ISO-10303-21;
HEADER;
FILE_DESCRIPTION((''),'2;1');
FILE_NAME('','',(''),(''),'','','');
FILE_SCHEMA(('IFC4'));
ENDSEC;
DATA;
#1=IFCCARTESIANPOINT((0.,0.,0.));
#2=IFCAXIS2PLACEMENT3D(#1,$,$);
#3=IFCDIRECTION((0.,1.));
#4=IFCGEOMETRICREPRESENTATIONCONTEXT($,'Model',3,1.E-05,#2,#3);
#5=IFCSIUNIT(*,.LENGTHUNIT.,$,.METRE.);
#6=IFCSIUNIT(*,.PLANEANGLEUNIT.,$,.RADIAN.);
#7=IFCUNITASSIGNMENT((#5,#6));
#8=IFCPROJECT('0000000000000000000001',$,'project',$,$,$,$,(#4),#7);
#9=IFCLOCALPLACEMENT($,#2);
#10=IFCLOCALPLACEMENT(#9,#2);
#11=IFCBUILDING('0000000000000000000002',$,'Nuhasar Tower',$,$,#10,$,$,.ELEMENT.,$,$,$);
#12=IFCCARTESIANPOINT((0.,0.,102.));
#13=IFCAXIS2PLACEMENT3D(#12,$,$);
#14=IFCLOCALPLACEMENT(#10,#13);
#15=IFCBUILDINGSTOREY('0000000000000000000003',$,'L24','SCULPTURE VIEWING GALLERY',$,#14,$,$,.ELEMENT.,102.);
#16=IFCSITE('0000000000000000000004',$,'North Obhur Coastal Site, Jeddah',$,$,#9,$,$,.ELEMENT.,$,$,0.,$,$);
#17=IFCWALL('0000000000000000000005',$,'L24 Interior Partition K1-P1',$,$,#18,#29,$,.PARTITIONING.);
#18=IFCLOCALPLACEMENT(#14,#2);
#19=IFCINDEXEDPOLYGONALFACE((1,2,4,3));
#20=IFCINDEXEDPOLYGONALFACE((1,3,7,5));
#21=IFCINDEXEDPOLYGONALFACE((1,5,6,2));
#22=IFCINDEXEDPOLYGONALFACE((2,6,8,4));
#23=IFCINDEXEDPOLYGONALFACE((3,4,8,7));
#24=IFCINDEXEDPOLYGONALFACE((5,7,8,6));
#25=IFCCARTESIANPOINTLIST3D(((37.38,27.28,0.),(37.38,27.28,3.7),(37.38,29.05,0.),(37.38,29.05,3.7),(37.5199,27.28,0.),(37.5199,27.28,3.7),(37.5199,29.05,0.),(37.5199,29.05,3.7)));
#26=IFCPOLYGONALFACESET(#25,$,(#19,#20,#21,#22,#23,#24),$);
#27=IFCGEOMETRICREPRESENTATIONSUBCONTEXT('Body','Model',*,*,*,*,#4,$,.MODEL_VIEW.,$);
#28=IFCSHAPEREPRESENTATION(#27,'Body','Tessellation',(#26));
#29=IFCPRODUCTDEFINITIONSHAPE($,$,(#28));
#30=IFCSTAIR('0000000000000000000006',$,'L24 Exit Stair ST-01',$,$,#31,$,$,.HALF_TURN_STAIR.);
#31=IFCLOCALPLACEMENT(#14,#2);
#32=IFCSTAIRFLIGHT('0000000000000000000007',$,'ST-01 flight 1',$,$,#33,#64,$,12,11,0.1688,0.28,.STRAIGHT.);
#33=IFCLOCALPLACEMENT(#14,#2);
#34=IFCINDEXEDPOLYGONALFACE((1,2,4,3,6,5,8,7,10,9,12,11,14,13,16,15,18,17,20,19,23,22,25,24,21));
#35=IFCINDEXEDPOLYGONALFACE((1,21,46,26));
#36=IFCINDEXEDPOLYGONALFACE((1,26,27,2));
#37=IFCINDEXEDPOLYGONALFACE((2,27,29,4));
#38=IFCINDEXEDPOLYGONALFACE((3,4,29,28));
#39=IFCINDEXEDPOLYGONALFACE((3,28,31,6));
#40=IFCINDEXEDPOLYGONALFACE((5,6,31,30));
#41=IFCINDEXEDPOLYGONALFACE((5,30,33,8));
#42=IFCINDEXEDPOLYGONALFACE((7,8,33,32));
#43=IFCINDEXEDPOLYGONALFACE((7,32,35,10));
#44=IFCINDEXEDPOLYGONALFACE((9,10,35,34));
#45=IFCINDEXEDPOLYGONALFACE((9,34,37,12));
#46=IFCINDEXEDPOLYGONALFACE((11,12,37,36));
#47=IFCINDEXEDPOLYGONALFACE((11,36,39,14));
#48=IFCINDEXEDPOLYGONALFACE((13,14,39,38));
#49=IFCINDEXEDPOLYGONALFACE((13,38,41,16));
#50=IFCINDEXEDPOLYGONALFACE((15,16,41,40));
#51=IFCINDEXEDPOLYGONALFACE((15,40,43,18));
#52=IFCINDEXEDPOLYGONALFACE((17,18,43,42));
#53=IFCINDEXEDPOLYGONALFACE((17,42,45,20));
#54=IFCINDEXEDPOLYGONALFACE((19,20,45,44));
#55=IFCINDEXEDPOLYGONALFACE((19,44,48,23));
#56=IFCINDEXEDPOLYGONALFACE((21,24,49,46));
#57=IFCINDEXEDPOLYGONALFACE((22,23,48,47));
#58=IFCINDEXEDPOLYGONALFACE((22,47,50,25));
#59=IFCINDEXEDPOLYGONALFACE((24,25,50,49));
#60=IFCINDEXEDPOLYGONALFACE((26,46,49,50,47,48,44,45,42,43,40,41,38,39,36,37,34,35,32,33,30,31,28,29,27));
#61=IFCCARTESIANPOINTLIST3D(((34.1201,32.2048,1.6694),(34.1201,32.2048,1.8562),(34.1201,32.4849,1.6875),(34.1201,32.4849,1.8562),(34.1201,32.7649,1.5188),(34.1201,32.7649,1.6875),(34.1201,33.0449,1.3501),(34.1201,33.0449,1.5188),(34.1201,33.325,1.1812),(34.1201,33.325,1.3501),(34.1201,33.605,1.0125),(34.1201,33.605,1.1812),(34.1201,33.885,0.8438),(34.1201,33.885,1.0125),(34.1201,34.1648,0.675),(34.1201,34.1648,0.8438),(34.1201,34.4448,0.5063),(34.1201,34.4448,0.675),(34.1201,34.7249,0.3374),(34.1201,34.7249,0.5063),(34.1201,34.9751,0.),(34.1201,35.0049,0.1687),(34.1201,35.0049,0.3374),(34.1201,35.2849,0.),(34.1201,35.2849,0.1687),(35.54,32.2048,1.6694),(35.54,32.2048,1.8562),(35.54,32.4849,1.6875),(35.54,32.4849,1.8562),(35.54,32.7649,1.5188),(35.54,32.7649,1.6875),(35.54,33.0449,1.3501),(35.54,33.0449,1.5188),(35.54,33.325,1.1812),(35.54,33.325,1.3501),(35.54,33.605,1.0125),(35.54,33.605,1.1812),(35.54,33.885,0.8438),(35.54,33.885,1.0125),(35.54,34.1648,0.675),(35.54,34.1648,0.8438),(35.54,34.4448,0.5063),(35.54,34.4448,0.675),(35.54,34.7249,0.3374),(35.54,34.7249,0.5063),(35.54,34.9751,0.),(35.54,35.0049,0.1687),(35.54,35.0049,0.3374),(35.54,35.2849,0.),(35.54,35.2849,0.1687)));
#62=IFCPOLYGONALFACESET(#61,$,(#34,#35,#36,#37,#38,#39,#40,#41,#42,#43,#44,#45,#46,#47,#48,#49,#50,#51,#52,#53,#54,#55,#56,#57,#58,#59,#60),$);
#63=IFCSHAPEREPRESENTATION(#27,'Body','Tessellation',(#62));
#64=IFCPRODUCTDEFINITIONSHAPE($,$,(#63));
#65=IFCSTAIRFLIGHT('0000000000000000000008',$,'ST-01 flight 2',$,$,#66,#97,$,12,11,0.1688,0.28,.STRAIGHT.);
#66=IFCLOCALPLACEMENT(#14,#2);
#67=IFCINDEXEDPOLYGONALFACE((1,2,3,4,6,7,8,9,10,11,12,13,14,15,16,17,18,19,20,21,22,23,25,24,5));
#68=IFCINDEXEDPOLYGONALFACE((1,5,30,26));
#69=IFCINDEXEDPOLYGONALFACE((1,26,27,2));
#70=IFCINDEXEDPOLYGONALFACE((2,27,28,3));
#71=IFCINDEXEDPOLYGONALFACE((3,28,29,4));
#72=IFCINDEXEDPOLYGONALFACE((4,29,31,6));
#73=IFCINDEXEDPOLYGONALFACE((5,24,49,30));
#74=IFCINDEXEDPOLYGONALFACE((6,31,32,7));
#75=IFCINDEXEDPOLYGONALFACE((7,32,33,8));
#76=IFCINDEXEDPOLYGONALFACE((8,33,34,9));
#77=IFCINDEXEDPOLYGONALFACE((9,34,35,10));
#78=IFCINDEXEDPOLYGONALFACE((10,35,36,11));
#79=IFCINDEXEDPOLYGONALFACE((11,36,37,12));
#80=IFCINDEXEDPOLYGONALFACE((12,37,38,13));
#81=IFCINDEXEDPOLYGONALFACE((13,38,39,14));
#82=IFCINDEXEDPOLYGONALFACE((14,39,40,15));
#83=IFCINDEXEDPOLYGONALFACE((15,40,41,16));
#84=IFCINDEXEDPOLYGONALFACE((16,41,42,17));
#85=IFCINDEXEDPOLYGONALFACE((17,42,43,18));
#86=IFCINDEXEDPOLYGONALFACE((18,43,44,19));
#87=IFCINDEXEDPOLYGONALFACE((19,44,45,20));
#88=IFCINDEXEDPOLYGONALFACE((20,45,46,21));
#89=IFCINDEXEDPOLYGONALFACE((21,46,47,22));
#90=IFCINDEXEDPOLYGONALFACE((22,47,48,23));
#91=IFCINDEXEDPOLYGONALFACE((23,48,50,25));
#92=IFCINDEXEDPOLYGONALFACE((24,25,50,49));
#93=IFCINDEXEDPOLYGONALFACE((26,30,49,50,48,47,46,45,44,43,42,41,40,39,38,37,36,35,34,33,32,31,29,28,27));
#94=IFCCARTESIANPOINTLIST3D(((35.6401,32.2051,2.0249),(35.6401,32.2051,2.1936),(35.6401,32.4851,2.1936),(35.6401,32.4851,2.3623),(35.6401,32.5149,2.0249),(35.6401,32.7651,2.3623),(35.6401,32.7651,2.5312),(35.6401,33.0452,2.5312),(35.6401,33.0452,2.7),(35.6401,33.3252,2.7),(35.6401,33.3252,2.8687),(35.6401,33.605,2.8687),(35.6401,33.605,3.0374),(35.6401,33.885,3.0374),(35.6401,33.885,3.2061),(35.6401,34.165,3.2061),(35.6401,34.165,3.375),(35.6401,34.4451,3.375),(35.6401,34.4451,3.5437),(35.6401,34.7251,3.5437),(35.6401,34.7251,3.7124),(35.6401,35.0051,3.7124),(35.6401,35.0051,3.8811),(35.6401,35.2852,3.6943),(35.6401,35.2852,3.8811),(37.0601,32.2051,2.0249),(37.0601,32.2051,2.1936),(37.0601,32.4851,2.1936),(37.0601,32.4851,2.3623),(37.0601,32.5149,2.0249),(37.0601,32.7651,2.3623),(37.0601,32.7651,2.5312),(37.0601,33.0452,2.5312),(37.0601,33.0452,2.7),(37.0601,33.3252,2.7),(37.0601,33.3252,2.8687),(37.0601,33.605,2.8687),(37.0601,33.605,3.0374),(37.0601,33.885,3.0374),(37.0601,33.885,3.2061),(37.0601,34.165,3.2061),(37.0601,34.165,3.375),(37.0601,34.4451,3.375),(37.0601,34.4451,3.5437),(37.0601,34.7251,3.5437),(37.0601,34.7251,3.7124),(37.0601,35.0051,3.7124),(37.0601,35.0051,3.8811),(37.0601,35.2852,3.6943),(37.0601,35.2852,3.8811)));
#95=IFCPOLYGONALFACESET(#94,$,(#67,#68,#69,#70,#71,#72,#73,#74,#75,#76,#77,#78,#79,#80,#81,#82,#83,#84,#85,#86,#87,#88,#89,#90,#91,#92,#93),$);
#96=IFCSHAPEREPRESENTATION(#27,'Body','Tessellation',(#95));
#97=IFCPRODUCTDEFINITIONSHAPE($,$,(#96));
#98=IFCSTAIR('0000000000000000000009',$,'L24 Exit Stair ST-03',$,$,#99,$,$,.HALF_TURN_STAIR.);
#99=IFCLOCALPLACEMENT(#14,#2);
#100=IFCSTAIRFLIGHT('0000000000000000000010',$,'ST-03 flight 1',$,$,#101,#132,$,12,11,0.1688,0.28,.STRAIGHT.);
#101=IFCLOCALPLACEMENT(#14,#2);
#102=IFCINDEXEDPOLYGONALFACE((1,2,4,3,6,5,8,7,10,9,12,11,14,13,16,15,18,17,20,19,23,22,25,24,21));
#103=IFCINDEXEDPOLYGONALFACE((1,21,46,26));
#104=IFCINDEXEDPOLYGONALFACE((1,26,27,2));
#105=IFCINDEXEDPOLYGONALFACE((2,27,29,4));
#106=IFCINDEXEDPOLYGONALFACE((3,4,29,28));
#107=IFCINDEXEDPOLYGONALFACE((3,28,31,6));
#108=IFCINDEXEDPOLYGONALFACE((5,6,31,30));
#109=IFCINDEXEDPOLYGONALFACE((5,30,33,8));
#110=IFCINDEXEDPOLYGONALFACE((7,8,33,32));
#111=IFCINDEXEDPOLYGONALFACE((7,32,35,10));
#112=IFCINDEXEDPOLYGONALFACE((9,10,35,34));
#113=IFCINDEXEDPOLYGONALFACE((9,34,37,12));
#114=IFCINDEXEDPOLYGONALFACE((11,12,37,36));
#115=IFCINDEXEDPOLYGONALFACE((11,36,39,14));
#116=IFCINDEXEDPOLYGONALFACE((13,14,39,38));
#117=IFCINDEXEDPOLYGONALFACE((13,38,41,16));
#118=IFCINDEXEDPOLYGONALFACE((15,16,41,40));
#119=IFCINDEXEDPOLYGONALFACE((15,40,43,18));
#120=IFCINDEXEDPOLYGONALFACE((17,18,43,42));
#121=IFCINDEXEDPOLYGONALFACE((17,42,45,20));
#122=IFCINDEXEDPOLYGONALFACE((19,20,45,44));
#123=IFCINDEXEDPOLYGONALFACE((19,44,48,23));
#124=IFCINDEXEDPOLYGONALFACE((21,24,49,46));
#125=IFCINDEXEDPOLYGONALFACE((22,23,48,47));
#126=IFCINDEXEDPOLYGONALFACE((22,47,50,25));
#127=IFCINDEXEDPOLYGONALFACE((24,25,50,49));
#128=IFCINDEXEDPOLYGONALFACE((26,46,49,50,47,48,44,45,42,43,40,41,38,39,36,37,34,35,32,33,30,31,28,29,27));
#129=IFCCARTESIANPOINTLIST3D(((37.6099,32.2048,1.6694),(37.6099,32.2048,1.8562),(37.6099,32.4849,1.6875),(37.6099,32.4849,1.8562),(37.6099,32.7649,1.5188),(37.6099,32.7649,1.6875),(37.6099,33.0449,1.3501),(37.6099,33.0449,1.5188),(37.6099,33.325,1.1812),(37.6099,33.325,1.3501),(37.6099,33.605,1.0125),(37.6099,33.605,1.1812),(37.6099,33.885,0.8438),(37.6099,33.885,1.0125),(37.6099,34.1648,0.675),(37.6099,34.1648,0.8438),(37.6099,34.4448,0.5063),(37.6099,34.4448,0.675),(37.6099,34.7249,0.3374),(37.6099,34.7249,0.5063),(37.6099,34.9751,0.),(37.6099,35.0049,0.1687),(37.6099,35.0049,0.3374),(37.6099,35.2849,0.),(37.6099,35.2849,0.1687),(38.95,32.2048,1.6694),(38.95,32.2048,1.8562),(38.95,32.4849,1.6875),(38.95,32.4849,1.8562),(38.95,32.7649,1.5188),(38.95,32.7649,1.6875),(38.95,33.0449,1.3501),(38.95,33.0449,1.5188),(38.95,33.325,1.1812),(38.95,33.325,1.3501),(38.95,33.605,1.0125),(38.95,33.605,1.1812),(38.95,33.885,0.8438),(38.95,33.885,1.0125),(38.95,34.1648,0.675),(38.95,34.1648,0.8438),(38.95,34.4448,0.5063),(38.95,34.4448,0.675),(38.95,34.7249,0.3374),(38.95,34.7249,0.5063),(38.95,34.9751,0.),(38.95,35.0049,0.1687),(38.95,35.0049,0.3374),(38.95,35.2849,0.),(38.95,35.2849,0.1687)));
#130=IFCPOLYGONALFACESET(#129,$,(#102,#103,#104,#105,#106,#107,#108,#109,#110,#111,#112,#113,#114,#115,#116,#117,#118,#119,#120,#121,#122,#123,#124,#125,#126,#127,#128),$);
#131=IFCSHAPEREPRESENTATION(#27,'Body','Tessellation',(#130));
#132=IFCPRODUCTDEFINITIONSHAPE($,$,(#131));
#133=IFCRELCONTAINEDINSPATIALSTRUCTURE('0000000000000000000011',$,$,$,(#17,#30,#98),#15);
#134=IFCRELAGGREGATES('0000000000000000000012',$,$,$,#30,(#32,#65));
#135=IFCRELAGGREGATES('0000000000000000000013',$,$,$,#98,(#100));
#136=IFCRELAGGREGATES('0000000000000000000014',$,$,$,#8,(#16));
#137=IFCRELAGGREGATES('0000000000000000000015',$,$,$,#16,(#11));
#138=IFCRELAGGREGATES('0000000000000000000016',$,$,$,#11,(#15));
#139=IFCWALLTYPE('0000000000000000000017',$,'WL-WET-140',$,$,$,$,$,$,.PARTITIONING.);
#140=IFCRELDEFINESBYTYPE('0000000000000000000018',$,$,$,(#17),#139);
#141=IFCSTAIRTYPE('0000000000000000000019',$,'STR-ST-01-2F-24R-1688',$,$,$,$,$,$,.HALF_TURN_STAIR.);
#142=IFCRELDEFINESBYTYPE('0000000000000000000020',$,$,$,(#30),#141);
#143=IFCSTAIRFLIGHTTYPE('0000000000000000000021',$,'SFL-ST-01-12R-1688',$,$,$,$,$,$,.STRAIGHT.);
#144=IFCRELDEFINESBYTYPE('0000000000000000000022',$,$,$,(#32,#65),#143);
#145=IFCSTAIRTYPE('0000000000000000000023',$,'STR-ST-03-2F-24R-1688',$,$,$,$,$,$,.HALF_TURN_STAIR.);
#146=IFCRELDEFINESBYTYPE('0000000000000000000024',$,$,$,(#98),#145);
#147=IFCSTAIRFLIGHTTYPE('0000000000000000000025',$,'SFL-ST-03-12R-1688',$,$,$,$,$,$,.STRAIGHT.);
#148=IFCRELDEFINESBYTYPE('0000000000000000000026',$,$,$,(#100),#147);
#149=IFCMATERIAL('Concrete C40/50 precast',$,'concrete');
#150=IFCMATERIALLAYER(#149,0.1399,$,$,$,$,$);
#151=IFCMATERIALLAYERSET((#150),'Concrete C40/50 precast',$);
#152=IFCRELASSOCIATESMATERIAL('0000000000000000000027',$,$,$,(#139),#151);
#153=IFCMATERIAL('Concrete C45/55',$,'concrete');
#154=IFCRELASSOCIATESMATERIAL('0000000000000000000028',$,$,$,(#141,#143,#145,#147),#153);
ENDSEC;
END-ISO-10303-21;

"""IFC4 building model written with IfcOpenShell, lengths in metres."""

from ifc_helpers import new_model, si_unit, direction, frame, frame_2d, origin, place, context, subcontext, project, spatial, polyline, rectangle, outline, extrude, material, layer, layer_set, type_object, element, aggregate, save


model = new_model("IFC4")

# Units and contexts
model_context = context("Model", 3, precision=1e-05, world=origin(), true_north=direction((0.0, 1.0)))
body_context = subcontext(model_context, "Body", "Model", "MODEL_VIEW")
ifc_project = project(units=[si_unit("LENGTHUNIT", "METRE"), si_unit("PLANEANGLEUNIT", "RADIAN")], contexts=[model_context])

# Site, building, storey
site_placement = place(None, origin())
site = spatial("IfcSite", under=ifc_project, at=site_placement, Name="North Obhur Coastal Site, Jeddah", CompositionType="ELEMENT", RefElevation=0.0)
building_placement = place(site_placement, origin())
building = spatial("IfcBuilding", under=site, at=building_placement, Name="Nuhasar Tower", CompositionType="ELEMENT")
storey_placement = place(building_placement, frame((0.0, 0.0, 102.0)))
storey = spatial("IfcBuildingStorey", under=building, at=storey_placement, Name="L24", Description="SCULPTURE VIEWING GALLERY", CompositionType="ELEMENT", Elevation=102.0)

# Shared definitions
ifc_material_1 = material(Name="Concrete C45/55", Category="concrete")

# Shared definitions
ifc_material_2 = material(Name="Concrete C40/50 precast", Category="concrete")
ifc_layer_1 = layer(ifc_material_2, 0.1399)
ifc_layer_set_1 = layer_set([ifc_layer_1], Name="Concrete C40/50 precast")
wall_type_1 = type_object("IfcWallType", Name="WL-WET-140", PredefinedType="PARTITIONING", material=ifc_layer_set_1)

# Wall
wall_1_placement = place(storey_placement, frame((37.45, 27.28, 0.0), z_axis=(0.0, 0.0, 1.0), x_axis=(0.0, 1.0, 0.0)))
element("IfcWall", 1, at=wall_1_placement, inside=storey, type_object=wall_type_1, Name="L24 Interior Partition K1-P1", PredefinedType="PARTITIONING", context=body_context, shape_type="SweptSolid", body=[
    extrude(rectangle(XDim=1.77, YDim=0.1399, at=frame_2d((0.885, 0.0))), origin(), (0.0, 0.0, 1.0), 3.7),
])

# Stair, stair flights
stair_type_1 = type_object("IfcStairType", Name="STR-ST-01-2F-24R-1688", PredefinedType="HALF_TURN_STAIR", material=ifc_material_1)
stair_1_placement = place(storey_placement, origin())
stair_1 = element("IfcStair", 2, at=stair_1_placement, inside=storey, type_object=stair_type_1, Name="L24 Exit Stair ST-01", PredefinedType="HALF_TURN_STAIR")
stair_flight_type_1 = type_object("IfcStairFlightType", Name="SFL-ST-01-12R-1688", PredefinedType="STRAIGHT", material=ifc_material_1)
stair_flight_1_placement = place(storey_placement, frame((34.8301, 35.2849, 0.0), z_axis=(0.0, 0.0, 1.0), x_axis=(0.0, -1.0, 0.0)))
stair_flight_1 = element("IfcStairFlight", 3, at=stair_flight_1_placement, type_object=stair_flight_type_1, Name="ST-01 flight 1", NumberOfRisers=12, NumberOfTreads=11, PredefinedType="STRAIGHT", RiserHeight=0.1688, TreadLength=0.28, context=body_context, shape_type="SweptSolid", body=[
    extrude(outline(polyline([(0.0, 0.0), (0.0, 0.1687), (0.28, 0.1687), (0.28, 0.3374), (0.5601, 0.3374), (0.5601, 0.5063), (0.8401, 0.5063), (0.8401, 0.675), (1.1201, 0.675), (1.1201, 0.8438), (1.3999, 0.8438), (1.3999, 1.0125), (1.6799, 1.0125), (1.6799, 1.1812), (1.96, 1.1812), (1.96, 1.3501), (2.24, 1.3501), (2.24, 1.5188), (2.52, 1.5188), (2.52, 1.6875), (2.8, 1.6875), (2.8, 1.8562), (3.0801, 1.8562), (3.0801, 2.0249), (3.0801, 1.6694), (0.3098, 0.0), (0.0, 0.0)])), frame((0.0, 0.71, 0.0), z_axis=(0.0, -1.0, 0.0), x_axis=(1.0, 0.0, 0.0)), (0.0, 0.0, 1.0), 1.4199),
])
stair_flight_2_placement = place(storey_placement, frame((36.3501, 32.2051, 2.0249), z_axis=(0.0, 0.0, 1.0), x_axis=(0.0, 1.0, 0.0)))
stair_flight_2 = element("IfcStairFlight", 4, at=stair_flight_2_placement, type_object=stair_flight_type_1, Name="ST-01 flight 2", NumberOfRisers=12, NumberOfTreads=11, PredefinedType="STRAIGHT", RiserHeight=0.1688, TreadLength=0.28, context=body_context, shape_type="SweptSolid", body=[
    extrude(outline(polyline([(0.0, 0.0), (0.0, 0.1687), (0.28, 0.1687), (0.28, 0.3374), (0.5601, 0.3374), (0.5601, 0.5063), (0.8401, 0.5063), (0.8401, 0.675), (1.1201, 0.675), (1.1201, 0.8438), (1.3999, 0.8438), (1.3999, 1.0125), (1.6799, 1.0125), (1.6799, 1.1812), (1.96, 1.1812), (1.96, 1.3501), (2.24, 1.3501), (2.24, 1.5188), (2.52, 1.5188), (2.52, 1.6875), (2.8, 1.6875), (2.8, 1.8562), (3.0801, 1.8562), (3.0801, 2.0249), (3.0801, 1.6694), (0.3098, 0.0), (0.0, 0.0)])), frame((0.0, 0.71, 0.0), z_axis=(0.0, -1.0, 0.0), x_axis=(1.0, 0.0, 0.0)), (0.0, 0.0, 1.0), 1.4199),
])
aggregate(stair_1, [stair_flight_1, stair_flight_2])

# Stair, stair flight
stair_type_2 = type_object("IfcStairType", Name="STR-ST-03-2F-24R-1688", PredefinedType="HALF_TURN_STAIR", material=ifc_material_1)
stair_2_placement = place(storey_placement, origin())
stair_2 = element("IfcStair", 5, at=stair_2_placement, inside=storey, type_object=stair_type_2, Name="L24 Exit Stair ST-03", PredefinedType="HALF_TURN_STAIR")
stair_flight_type_2 = type_object("IfcStairFlightType", Name="SFL-ST-03-12R-1688", PredefinedType="STRAIGHT", material=ifc_material_1)
stair_flight_3_placement = place(storey_placement, frame((38.28, 35.2849, 0.0), z_axis=(0.0, 0.0, 1.0), x_axis=(0.0, -1.0, 0.0)))
stair_flight_3 = element("IfcStairFlight", 6, at=stair_flight_3_placement, type_object=stair_flight_type_2, Name="ST-03 flight 1", NumberOfRisers=12, NumberOfTreads=11, PredefinedType="STRAIGHT", RiserHeight=0.1688, TreadLength=0.28, context=body_context, shape_type="SweptSolid", body=[
    extrude(outline(polyline([(0.0, 0.0), (0.0, 0.1687), (0.28, 0.1687), (0.28, 0.3374), (0.5601, 0.3374), (0.5601, 0.5063), (0.8401, 0.5063), (0.8401, 0.675), (1.1201, 0.675), (1.1201, 0.8438), (1.3999, 0.8438), (1.3999, 1.0125), (1.6799, 1.0125), (1.6799, 1.1812), (1.96, 1.1812), (1.96, 1.3501), (2.24, 1.3501), (2.24, 1.5188), (2.52, 1.5188), (2.52, 1.6875), (2.8, 1.6875), (2.8, 1.8562), (3.0801, 1.8562), (3.0801, 2.0249), (3.0801, 1.6694), (0.3098, 0.0), (0.0, 0.0)])), frame((0.0, 0.6699, 0.0), z_axis=(0.0, -1.0, 0.0), x_axis=(1.0, 0.0, 0.0)), (0.0, 0.0, 1.0), 1.3401),
])
aggregate(stair_2, [stair_flight_3])

save(model, "model.ifc")
